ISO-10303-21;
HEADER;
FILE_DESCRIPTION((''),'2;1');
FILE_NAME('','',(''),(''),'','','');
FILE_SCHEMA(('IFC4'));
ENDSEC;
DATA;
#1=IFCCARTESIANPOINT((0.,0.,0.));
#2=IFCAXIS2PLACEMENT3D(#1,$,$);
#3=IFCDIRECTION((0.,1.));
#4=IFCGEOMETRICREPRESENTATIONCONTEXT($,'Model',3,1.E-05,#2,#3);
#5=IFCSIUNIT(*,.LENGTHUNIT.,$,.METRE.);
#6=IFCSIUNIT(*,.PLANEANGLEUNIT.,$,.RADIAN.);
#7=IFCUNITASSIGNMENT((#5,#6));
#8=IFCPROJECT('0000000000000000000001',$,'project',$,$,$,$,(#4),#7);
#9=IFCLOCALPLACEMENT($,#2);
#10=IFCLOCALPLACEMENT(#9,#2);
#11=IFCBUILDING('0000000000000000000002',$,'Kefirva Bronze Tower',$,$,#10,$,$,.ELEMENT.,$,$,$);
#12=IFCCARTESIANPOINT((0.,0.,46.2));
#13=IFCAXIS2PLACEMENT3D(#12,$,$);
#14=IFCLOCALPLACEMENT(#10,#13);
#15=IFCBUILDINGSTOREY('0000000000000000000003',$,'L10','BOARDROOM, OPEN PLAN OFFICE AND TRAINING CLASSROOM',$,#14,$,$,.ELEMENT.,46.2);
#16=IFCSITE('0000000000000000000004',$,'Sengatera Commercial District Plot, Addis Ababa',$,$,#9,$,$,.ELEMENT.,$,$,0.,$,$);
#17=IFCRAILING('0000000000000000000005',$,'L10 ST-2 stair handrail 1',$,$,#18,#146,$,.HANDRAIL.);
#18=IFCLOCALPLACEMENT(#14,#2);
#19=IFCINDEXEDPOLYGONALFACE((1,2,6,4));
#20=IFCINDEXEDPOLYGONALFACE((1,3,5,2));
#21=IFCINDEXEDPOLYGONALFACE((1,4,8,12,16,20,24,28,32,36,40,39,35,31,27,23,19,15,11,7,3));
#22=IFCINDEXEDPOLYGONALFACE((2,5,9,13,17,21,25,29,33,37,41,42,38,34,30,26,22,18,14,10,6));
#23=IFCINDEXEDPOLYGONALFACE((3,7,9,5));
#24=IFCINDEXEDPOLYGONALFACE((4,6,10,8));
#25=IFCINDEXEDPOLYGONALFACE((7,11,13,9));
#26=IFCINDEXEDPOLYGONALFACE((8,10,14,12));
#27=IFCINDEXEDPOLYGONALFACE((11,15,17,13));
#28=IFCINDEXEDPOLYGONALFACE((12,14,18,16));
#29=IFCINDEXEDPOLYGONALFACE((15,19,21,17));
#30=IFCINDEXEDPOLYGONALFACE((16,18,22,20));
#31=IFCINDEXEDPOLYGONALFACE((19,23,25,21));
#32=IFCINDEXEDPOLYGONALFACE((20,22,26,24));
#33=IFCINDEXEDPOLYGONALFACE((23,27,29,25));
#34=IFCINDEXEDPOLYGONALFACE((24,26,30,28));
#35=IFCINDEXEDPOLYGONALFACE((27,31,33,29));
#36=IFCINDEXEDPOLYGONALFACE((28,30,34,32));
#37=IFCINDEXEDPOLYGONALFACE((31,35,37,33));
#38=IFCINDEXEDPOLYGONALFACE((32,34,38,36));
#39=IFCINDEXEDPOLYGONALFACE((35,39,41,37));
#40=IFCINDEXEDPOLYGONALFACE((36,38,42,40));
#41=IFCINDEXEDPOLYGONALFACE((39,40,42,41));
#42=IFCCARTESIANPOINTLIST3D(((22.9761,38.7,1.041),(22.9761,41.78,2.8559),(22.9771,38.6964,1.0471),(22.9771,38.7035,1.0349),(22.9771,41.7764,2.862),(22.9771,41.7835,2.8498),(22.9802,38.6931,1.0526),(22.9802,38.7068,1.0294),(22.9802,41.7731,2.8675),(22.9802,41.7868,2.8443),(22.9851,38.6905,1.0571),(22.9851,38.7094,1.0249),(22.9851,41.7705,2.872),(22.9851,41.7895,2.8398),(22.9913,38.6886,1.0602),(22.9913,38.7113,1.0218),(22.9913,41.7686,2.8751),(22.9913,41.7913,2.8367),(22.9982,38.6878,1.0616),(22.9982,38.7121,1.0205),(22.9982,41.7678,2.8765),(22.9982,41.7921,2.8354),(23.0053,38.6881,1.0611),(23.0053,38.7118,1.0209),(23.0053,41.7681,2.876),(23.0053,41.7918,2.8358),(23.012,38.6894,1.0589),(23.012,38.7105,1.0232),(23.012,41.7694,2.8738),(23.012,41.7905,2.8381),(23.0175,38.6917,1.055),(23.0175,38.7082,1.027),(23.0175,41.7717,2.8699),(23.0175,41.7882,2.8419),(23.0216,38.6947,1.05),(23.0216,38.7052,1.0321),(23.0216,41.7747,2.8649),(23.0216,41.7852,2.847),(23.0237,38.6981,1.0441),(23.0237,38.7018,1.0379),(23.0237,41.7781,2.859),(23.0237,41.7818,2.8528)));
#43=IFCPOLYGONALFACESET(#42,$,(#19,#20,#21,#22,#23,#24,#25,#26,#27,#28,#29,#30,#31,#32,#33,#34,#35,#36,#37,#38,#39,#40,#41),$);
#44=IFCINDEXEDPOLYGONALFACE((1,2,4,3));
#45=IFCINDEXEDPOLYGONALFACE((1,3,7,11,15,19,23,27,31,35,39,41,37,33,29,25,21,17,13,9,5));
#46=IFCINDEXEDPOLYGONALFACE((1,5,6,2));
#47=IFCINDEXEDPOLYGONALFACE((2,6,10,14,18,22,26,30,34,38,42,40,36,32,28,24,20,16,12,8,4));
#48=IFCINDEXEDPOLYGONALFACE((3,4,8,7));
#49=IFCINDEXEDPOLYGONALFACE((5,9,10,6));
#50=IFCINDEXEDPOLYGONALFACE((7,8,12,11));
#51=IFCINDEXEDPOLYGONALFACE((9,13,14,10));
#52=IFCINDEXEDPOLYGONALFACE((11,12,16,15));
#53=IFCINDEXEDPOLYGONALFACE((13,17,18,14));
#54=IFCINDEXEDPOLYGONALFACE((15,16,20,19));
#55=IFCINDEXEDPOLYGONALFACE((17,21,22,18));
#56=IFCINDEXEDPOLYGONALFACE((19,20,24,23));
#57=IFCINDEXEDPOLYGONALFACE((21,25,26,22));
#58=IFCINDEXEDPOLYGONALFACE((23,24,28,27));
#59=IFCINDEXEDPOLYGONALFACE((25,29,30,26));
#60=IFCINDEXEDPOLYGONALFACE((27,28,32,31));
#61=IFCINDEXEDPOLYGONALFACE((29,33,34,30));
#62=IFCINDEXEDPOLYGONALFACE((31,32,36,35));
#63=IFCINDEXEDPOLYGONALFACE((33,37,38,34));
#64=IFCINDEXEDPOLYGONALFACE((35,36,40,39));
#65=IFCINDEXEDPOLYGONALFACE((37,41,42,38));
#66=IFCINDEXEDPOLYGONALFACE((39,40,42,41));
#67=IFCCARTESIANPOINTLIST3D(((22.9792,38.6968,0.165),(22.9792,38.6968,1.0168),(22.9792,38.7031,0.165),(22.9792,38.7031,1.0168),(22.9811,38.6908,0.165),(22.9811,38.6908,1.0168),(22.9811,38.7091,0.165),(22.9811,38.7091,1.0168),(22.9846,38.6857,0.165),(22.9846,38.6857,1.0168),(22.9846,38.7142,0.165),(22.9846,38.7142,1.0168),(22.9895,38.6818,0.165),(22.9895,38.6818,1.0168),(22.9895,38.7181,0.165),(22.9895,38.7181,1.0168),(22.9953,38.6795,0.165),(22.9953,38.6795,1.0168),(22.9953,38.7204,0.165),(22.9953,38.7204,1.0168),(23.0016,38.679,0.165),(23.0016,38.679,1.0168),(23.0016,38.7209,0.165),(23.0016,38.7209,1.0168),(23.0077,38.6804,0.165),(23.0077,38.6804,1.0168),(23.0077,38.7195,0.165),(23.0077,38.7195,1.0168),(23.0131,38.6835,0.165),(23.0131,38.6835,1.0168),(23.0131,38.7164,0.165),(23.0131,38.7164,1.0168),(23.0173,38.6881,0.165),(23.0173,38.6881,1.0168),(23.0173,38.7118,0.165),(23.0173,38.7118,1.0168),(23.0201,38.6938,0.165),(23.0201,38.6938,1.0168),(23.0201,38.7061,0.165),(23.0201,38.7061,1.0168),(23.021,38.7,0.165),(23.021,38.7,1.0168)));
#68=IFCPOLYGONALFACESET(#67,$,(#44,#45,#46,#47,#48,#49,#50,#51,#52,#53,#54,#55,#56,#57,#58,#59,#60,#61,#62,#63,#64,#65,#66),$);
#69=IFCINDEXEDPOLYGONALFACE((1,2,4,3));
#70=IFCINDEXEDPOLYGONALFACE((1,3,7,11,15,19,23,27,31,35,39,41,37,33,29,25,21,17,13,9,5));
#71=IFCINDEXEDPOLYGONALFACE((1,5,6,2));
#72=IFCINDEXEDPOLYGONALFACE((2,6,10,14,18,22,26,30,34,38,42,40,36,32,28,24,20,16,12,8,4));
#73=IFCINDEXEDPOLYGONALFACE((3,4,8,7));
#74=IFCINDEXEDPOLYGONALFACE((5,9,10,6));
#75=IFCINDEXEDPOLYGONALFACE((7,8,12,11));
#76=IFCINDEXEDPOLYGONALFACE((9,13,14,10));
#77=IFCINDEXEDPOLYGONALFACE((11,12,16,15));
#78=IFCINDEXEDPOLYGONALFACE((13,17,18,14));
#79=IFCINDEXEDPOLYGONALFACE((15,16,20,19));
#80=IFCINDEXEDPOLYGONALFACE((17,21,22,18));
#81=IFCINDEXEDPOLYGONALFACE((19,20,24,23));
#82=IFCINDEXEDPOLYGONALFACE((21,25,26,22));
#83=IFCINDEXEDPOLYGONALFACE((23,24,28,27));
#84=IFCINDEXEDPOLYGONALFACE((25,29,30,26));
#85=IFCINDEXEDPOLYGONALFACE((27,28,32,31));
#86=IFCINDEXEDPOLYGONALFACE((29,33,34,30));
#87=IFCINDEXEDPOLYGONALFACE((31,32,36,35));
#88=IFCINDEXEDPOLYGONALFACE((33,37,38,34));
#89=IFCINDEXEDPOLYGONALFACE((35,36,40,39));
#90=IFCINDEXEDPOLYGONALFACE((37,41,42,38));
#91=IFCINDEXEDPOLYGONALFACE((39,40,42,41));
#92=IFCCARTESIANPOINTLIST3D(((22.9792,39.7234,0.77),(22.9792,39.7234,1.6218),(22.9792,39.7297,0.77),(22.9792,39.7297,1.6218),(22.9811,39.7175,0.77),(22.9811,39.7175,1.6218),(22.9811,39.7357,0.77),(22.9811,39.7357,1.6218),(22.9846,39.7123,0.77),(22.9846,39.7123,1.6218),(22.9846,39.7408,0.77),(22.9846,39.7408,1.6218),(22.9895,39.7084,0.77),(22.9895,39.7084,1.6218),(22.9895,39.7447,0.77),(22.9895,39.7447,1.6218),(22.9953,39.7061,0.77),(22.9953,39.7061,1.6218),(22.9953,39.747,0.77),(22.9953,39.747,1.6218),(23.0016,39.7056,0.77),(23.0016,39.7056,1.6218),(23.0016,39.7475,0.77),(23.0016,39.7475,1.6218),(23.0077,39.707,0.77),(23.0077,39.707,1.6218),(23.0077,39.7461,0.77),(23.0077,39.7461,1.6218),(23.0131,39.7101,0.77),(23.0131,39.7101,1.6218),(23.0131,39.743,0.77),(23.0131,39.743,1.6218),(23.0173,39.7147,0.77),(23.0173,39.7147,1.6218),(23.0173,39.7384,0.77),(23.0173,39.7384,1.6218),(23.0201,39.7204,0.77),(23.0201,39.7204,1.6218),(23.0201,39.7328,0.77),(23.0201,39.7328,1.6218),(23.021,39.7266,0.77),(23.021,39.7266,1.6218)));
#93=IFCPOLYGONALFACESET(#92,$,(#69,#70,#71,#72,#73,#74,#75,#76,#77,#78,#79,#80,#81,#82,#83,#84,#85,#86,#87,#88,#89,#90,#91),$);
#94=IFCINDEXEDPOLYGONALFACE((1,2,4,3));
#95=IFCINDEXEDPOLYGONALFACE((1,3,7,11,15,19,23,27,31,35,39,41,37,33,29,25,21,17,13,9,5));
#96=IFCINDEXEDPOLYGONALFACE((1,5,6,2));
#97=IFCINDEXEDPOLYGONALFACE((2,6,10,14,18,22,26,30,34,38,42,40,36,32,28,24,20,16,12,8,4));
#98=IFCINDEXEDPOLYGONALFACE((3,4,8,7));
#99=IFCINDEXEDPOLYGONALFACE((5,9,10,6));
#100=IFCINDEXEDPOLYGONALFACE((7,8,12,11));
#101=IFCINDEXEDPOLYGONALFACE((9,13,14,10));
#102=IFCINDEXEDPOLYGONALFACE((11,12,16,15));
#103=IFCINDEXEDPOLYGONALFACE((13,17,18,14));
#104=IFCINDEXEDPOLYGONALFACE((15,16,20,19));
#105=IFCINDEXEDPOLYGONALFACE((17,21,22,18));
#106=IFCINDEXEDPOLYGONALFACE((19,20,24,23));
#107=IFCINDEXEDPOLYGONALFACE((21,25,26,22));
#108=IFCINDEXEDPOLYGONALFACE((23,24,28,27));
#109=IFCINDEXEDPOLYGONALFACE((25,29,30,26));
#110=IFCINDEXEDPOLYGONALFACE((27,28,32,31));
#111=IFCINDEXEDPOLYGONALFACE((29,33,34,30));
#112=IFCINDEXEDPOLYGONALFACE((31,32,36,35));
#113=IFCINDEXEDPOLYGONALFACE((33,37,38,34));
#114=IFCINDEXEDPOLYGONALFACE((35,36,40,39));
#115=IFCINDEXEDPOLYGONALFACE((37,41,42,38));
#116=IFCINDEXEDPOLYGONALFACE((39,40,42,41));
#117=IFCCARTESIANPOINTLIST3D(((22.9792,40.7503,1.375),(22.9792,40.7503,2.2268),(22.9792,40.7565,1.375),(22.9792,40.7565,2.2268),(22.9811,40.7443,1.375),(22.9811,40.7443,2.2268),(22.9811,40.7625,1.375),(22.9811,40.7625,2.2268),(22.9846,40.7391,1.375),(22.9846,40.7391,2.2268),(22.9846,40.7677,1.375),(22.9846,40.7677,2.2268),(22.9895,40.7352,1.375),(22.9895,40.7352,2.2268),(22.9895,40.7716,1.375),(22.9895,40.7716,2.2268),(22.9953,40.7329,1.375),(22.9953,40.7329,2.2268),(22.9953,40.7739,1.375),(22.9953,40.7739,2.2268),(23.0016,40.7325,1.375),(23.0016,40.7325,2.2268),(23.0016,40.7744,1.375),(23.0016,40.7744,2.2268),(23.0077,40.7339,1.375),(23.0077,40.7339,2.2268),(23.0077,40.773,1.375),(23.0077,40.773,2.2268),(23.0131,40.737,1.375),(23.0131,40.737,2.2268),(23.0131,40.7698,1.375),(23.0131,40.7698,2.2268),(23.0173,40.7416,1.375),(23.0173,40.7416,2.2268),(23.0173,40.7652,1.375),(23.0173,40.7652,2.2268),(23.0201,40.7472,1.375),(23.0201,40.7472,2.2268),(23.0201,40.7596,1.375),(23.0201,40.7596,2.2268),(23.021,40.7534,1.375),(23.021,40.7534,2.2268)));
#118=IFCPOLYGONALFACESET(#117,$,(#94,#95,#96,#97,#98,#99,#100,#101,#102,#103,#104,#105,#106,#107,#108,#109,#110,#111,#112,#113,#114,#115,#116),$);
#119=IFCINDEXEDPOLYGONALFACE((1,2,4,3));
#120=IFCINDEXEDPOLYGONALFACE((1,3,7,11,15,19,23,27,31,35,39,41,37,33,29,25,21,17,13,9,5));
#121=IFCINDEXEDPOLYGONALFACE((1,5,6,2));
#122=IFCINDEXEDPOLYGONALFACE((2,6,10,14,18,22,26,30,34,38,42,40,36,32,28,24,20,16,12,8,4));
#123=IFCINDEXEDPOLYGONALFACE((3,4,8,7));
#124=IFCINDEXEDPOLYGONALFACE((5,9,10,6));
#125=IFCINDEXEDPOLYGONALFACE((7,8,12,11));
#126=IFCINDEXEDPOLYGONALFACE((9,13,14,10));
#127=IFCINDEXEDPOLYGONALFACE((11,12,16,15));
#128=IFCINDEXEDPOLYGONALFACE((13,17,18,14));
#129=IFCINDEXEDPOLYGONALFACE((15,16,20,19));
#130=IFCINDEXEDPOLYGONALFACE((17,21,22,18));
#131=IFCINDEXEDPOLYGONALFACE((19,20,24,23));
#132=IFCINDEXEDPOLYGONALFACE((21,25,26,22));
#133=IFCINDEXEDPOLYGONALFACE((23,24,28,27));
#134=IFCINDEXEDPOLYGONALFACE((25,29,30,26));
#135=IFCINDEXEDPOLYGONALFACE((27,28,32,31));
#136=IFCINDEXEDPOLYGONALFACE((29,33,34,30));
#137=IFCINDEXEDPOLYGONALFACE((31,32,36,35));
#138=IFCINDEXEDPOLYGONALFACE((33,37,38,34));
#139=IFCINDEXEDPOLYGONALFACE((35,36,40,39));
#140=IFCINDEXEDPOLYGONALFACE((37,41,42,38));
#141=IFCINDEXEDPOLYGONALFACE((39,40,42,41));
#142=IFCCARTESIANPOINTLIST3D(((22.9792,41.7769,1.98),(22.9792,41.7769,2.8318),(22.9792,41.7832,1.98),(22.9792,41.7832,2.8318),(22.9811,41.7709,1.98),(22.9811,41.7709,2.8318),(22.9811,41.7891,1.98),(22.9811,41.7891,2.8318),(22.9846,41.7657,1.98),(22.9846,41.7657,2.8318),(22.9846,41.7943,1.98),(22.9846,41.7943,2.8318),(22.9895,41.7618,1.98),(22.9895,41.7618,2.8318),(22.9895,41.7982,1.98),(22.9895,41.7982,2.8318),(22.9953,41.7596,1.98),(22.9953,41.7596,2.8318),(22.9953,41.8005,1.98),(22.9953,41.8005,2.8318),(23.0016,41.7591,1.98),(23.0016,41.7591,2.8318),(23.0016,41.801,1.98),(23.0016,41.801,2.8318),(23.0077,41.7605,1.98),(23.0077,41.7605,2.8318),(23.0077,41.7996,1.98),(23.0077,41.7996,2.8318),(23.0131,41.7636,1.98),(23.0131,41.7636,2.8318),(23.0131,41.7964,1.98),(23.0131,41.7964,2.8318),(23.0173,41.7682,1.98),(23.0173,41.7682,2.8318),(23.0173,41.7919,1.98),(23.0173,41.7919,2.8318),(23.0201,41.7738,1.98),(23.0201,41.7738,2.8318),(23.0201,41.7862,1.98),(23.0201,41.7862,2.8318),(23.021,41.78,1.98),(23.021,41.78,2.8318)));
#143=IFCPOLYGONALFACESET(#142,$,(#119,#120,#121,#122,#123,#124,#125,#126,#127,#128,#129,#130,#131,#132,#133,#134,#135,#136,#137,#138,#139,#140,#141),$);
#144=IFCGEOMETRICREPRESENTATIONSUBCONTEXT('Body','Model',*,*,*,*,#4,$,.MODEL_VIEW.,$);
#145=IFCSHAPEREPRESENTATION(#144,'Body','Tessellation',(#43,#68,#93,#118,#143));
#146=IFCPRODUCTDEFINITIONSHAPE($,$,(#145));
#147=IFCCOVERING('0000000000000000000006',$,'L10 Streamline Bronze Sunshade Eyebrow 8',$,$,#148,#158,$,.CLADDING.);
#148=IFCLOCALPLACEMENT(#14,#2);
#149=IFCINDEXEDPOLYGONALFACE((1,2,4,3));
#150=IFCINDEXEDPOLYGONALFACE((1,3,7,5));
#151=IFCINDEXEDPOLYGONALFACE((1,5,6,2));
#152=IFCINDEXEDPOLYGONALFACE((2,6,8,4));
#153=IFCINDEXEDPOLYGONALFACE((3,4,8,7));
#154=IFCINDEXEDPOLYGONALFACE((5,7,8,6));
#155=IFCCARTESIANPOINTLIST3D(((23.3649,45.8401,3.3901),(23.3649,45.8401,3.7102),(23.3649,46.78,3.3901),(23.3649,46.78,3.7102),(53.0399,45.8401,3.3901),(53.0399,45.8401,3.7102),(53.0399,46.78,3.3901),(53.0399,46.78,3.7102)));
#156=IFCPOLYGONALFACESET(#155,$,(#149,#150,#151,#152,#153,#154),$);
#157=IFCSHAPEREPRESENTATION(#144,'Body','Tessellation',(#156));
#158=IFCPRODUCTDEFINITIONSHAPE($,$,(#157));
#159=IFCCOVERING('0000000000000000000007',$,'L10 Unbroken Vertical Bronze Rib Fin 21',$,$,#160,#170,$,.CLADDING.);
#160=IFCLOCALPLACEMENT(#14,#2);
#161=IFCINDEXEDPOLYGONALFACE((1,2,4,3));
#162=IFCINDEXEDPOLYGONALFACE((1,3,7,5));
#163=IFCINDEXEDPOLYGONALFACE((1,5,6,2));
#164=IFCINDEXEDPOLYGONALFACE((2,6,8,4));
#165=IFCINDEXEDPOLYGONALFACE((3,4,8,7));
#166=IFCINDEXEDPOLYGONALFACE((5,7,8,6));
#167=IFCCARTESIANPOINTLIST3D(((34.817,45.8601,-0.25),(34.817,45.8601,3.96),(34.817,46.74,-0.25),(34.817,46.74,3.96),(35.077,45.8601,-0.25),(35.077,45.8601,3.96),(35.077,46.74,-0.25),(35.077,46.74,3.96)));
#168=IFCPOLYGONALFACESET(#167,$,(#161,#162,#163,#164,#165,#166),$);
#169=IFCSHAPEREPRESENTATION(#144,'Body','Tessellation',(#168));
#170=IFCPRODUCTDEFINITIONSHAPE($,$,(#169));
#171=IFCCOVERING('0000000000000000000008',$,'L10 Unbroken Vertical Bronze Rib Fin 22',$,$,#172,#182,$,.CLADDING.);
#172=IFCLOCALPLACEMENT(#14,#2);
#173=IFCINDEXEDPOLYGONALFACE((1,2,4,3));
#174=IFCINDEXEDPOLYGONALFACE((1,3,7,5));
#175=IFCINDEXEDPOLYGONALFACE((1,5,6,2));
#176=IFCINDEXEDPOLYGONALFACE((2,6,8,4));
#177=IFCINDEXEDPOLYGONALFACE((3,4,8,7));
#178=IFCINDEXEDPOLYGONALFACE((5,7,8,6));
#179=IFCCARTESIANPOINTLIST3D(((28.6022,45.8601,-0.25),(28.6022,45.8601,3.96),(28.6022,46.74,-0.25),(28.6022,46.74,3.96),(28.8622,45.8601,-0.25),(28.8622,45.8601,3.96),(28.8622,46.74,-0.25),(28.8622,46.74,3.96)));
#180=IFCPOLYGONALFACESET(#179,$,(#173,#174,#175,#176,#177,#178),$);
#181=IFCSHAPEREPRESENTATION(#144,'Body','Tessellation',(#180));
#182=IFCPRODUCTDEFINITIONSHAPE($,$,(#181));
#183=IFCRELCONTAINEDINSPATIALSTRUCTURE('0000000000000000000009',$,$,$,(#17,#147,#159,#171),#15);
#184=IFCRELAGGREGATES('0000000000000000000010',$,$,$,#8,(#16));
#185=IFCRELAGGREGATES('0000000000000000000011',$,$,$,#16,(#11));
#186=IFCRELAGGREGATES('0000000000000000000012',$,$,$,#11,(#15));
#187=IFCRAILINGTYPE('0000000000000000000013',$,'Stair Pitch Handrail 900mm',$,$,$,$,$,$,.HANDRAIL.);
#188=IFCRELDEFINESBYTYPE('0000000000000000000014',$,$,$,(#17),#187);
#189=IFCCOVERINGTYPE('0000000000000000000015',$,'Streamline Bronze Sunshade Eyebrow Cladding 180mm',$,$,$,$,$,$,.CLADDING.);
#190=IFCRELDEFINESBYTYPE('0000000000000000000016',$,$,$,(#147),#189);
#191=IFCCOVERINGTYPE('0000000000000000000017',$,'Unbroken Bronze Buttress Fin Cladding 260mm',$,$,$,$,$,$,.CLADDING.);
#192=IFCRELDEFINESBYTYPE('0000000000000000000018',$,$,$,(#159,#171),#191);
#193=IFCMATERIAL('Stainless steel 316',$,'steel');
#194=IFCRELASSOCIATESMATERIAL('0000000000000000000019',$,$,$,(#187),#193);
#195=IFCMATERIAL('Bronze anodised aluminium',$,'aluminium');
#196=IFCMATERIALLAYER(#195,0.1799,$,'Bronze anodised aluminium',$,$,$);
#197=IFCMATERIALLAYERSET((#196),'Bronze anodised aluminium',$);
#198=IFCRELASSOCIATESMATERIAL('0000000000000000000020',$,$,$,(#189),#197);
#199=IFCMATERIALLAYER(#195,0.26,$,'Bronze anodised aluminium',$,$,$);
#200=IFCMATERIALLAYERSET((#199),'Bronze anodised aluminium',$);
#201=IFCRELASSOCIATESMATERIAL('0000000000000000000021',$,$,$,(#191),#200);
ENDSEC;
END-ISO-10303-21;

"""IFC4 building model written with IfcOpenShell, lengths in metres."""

from ifc_helpers import new_model, si_unit, direction, frame, origin, origin_2d, place, context, subcontext, project, spatial, rectangle, circle, extrude, material, layer, layer_set, type_object, element, save


model = new_model("IFC4")

# Units and contexts
model_context = context("Model", 3, precision=1e-05, world=origin(), true_north=direction((0.0, 1.0)))
body_context = subcontext(model_context, "Body", "Model", "MODEL_VIEW")
ifc_project = project(units=[si_unit("LENGTHUNIT", "METRE"), si_unit("PLANEANGLEUNIT", "RADIAN")], contexts=[model_context])

# Site, building, storey
site_placement = place(None, origin())
site = spatial("IfcSite", under=ifc_project, at=site_placement, Name="Sengatera Commercial District Plot, Addis Ababa", CompositionType="ELEMENT", RefElevation=0.0)
building_placement = place(site_placement, origin())
building = spatial("IfcBuilding", under=site, at=building_placement, Name="Kefirva Bronze Tower", CompositionType="ELEMENT")
storey_placement = place(building_placement, frame((0.0, 0.0, 46.2)))
storey = spatial("IfcBuildingStorey", under=building, at=storey_placement, Name="L10", Description="BOARDROOM, OPEN PLAN OFFICE AND TRAINING CLASSROOM", CompositionType="ELEMENT", Elevation=46.2)

# Shared definitions
ifc_material_1 = material(Name="Bronze anodised aluminium", Category="aluminium")

# Railing
ifc_material_2 = material(Name="Stainless steel 316", Category="steel")
railing_type_1 = type_object("IfcRailingType", Name="Stair Pitch Handrail 900mm", PredefinedType="HANDRAIL", material=ifc_material_2)
railing_1_placement = place(storey_placement, frame((23.0, 38.7, 0.165)))
element("IfcRailing", 1, at=railing_1_placement, inside=storey, type_object=railing_type_1, Name="L10 ST-2 stair handrail 1", PredefinedType="HANDRAIL", context=body_context, shape_type="SweptSolid", body=[
    extrude(circle(Radius=0.0239, at=origin_2d()), frame((0.0, 0.0, 0.876), z_axis=(0.0, 0.861551, 0.507671), x_axis=(-1.0, 0.0, 0.0)), (0.0, 0.0, 1.0), 3.575),
    extrude(circle(Radius=0.021, at=origin_2d()), origin(), (0.0, 0.0, 1.0), 0.8518),
    extrude(circle(Radius=0.021, at=origin_2d()), frame((0.0, 1.0266, 0.605)), (0.0, 0.0, 1.0), 0.8518),
    extrude(circle(Radius=0.021, at=origin_2d()), frame((0.0, 2.0535, 1.21)), (0.0, 0.0, 1.0), 0.8518),
    extrude(circle(Radius=0.021, at=origin_2d()), frame((0.0, 3.0801, 1.8149)), (0.0, 0.0, 1.0), 0.8518),
])

# Coverings
ifc_layer_1 = layer(ifc_material_1, 0.1799, Name="Bronze anodised aluminium")
ifc_layer_set_1 = layer_set([ifc_layer_1], Name="Bronze anodised aluminium")
covering_type_1 = type_object("IfcCoveringType", Name="Streamline Bronze Sunshade Eyebrow Cladding 180mm", PredefinedType="CLADDING", material=ifc_layer_set_1)
covering_1_placement = place(storey_placement, frame((38.2024, 46.3101, 3.3901), z_axis=(0.0, 0.0, 1.0), x_axis=(-1.0, 0.0, 0.0)))
element("IfcCovering", 2, at=covering_1_placement, inside=storey, type_object=covering_type_1, Name="L10 Streamline Bronze Sunshade Eyebrow 8", PredefinedType="CLADDING", context=body_context, shape_type="SweptSolid", body=[
    extrude(rectangle(XDim=29.675, YDim=0.9399, at=origin_2d()), origin(), (0.0, 0.0, 1.0), 0.3201),
])
ifc_layer_2 = layer(ifc_material_1, 0.26, Name="Bronze anodised aluminium")
ifc_layer_set_2 = layer_set([ifc_layer_2], Name="Bronze anodised aluminium")
covering_type_2 = type_object("IfcCoveringType", Name="Unbroken Bronze Buttress Fin Cladding 260mm", PredefinedType="CLADDING", material=ifc_layer_set_2)
for number, where, z_axis, x_axis, name in (
    (3, (34.947, 46.3, -0.25), (0.0, 0.0, 1.0), (-1.0, 0.0, 0.0), "L10 Unbroken Vertical Bronze Rib Fin 21"),
    (4, (28.7322, 46.3, -0.25), (0.0, 0.0, 1.0), (-1.0, 0.0, 0.0), "L10 Unbroken Vertical Bronze Rib Fin 22"),
):
    element("IfcCovering", number, at=place(storey_placement, frame(where, z_axis=z_axis, x_axis=x_axis)), inside=storey, type_object=covering_type_2, Name=name, PredefinedType="CLADDING", context=body_context, shape_type="SweptSolid", body=[
        extrude(rectangle(XDim=0.26, YDim=0.8799, at=origin_2d()), origin(), (0.0, 0.0, 1.0), 4.21),
    ])

save(model, "model.ifc")
